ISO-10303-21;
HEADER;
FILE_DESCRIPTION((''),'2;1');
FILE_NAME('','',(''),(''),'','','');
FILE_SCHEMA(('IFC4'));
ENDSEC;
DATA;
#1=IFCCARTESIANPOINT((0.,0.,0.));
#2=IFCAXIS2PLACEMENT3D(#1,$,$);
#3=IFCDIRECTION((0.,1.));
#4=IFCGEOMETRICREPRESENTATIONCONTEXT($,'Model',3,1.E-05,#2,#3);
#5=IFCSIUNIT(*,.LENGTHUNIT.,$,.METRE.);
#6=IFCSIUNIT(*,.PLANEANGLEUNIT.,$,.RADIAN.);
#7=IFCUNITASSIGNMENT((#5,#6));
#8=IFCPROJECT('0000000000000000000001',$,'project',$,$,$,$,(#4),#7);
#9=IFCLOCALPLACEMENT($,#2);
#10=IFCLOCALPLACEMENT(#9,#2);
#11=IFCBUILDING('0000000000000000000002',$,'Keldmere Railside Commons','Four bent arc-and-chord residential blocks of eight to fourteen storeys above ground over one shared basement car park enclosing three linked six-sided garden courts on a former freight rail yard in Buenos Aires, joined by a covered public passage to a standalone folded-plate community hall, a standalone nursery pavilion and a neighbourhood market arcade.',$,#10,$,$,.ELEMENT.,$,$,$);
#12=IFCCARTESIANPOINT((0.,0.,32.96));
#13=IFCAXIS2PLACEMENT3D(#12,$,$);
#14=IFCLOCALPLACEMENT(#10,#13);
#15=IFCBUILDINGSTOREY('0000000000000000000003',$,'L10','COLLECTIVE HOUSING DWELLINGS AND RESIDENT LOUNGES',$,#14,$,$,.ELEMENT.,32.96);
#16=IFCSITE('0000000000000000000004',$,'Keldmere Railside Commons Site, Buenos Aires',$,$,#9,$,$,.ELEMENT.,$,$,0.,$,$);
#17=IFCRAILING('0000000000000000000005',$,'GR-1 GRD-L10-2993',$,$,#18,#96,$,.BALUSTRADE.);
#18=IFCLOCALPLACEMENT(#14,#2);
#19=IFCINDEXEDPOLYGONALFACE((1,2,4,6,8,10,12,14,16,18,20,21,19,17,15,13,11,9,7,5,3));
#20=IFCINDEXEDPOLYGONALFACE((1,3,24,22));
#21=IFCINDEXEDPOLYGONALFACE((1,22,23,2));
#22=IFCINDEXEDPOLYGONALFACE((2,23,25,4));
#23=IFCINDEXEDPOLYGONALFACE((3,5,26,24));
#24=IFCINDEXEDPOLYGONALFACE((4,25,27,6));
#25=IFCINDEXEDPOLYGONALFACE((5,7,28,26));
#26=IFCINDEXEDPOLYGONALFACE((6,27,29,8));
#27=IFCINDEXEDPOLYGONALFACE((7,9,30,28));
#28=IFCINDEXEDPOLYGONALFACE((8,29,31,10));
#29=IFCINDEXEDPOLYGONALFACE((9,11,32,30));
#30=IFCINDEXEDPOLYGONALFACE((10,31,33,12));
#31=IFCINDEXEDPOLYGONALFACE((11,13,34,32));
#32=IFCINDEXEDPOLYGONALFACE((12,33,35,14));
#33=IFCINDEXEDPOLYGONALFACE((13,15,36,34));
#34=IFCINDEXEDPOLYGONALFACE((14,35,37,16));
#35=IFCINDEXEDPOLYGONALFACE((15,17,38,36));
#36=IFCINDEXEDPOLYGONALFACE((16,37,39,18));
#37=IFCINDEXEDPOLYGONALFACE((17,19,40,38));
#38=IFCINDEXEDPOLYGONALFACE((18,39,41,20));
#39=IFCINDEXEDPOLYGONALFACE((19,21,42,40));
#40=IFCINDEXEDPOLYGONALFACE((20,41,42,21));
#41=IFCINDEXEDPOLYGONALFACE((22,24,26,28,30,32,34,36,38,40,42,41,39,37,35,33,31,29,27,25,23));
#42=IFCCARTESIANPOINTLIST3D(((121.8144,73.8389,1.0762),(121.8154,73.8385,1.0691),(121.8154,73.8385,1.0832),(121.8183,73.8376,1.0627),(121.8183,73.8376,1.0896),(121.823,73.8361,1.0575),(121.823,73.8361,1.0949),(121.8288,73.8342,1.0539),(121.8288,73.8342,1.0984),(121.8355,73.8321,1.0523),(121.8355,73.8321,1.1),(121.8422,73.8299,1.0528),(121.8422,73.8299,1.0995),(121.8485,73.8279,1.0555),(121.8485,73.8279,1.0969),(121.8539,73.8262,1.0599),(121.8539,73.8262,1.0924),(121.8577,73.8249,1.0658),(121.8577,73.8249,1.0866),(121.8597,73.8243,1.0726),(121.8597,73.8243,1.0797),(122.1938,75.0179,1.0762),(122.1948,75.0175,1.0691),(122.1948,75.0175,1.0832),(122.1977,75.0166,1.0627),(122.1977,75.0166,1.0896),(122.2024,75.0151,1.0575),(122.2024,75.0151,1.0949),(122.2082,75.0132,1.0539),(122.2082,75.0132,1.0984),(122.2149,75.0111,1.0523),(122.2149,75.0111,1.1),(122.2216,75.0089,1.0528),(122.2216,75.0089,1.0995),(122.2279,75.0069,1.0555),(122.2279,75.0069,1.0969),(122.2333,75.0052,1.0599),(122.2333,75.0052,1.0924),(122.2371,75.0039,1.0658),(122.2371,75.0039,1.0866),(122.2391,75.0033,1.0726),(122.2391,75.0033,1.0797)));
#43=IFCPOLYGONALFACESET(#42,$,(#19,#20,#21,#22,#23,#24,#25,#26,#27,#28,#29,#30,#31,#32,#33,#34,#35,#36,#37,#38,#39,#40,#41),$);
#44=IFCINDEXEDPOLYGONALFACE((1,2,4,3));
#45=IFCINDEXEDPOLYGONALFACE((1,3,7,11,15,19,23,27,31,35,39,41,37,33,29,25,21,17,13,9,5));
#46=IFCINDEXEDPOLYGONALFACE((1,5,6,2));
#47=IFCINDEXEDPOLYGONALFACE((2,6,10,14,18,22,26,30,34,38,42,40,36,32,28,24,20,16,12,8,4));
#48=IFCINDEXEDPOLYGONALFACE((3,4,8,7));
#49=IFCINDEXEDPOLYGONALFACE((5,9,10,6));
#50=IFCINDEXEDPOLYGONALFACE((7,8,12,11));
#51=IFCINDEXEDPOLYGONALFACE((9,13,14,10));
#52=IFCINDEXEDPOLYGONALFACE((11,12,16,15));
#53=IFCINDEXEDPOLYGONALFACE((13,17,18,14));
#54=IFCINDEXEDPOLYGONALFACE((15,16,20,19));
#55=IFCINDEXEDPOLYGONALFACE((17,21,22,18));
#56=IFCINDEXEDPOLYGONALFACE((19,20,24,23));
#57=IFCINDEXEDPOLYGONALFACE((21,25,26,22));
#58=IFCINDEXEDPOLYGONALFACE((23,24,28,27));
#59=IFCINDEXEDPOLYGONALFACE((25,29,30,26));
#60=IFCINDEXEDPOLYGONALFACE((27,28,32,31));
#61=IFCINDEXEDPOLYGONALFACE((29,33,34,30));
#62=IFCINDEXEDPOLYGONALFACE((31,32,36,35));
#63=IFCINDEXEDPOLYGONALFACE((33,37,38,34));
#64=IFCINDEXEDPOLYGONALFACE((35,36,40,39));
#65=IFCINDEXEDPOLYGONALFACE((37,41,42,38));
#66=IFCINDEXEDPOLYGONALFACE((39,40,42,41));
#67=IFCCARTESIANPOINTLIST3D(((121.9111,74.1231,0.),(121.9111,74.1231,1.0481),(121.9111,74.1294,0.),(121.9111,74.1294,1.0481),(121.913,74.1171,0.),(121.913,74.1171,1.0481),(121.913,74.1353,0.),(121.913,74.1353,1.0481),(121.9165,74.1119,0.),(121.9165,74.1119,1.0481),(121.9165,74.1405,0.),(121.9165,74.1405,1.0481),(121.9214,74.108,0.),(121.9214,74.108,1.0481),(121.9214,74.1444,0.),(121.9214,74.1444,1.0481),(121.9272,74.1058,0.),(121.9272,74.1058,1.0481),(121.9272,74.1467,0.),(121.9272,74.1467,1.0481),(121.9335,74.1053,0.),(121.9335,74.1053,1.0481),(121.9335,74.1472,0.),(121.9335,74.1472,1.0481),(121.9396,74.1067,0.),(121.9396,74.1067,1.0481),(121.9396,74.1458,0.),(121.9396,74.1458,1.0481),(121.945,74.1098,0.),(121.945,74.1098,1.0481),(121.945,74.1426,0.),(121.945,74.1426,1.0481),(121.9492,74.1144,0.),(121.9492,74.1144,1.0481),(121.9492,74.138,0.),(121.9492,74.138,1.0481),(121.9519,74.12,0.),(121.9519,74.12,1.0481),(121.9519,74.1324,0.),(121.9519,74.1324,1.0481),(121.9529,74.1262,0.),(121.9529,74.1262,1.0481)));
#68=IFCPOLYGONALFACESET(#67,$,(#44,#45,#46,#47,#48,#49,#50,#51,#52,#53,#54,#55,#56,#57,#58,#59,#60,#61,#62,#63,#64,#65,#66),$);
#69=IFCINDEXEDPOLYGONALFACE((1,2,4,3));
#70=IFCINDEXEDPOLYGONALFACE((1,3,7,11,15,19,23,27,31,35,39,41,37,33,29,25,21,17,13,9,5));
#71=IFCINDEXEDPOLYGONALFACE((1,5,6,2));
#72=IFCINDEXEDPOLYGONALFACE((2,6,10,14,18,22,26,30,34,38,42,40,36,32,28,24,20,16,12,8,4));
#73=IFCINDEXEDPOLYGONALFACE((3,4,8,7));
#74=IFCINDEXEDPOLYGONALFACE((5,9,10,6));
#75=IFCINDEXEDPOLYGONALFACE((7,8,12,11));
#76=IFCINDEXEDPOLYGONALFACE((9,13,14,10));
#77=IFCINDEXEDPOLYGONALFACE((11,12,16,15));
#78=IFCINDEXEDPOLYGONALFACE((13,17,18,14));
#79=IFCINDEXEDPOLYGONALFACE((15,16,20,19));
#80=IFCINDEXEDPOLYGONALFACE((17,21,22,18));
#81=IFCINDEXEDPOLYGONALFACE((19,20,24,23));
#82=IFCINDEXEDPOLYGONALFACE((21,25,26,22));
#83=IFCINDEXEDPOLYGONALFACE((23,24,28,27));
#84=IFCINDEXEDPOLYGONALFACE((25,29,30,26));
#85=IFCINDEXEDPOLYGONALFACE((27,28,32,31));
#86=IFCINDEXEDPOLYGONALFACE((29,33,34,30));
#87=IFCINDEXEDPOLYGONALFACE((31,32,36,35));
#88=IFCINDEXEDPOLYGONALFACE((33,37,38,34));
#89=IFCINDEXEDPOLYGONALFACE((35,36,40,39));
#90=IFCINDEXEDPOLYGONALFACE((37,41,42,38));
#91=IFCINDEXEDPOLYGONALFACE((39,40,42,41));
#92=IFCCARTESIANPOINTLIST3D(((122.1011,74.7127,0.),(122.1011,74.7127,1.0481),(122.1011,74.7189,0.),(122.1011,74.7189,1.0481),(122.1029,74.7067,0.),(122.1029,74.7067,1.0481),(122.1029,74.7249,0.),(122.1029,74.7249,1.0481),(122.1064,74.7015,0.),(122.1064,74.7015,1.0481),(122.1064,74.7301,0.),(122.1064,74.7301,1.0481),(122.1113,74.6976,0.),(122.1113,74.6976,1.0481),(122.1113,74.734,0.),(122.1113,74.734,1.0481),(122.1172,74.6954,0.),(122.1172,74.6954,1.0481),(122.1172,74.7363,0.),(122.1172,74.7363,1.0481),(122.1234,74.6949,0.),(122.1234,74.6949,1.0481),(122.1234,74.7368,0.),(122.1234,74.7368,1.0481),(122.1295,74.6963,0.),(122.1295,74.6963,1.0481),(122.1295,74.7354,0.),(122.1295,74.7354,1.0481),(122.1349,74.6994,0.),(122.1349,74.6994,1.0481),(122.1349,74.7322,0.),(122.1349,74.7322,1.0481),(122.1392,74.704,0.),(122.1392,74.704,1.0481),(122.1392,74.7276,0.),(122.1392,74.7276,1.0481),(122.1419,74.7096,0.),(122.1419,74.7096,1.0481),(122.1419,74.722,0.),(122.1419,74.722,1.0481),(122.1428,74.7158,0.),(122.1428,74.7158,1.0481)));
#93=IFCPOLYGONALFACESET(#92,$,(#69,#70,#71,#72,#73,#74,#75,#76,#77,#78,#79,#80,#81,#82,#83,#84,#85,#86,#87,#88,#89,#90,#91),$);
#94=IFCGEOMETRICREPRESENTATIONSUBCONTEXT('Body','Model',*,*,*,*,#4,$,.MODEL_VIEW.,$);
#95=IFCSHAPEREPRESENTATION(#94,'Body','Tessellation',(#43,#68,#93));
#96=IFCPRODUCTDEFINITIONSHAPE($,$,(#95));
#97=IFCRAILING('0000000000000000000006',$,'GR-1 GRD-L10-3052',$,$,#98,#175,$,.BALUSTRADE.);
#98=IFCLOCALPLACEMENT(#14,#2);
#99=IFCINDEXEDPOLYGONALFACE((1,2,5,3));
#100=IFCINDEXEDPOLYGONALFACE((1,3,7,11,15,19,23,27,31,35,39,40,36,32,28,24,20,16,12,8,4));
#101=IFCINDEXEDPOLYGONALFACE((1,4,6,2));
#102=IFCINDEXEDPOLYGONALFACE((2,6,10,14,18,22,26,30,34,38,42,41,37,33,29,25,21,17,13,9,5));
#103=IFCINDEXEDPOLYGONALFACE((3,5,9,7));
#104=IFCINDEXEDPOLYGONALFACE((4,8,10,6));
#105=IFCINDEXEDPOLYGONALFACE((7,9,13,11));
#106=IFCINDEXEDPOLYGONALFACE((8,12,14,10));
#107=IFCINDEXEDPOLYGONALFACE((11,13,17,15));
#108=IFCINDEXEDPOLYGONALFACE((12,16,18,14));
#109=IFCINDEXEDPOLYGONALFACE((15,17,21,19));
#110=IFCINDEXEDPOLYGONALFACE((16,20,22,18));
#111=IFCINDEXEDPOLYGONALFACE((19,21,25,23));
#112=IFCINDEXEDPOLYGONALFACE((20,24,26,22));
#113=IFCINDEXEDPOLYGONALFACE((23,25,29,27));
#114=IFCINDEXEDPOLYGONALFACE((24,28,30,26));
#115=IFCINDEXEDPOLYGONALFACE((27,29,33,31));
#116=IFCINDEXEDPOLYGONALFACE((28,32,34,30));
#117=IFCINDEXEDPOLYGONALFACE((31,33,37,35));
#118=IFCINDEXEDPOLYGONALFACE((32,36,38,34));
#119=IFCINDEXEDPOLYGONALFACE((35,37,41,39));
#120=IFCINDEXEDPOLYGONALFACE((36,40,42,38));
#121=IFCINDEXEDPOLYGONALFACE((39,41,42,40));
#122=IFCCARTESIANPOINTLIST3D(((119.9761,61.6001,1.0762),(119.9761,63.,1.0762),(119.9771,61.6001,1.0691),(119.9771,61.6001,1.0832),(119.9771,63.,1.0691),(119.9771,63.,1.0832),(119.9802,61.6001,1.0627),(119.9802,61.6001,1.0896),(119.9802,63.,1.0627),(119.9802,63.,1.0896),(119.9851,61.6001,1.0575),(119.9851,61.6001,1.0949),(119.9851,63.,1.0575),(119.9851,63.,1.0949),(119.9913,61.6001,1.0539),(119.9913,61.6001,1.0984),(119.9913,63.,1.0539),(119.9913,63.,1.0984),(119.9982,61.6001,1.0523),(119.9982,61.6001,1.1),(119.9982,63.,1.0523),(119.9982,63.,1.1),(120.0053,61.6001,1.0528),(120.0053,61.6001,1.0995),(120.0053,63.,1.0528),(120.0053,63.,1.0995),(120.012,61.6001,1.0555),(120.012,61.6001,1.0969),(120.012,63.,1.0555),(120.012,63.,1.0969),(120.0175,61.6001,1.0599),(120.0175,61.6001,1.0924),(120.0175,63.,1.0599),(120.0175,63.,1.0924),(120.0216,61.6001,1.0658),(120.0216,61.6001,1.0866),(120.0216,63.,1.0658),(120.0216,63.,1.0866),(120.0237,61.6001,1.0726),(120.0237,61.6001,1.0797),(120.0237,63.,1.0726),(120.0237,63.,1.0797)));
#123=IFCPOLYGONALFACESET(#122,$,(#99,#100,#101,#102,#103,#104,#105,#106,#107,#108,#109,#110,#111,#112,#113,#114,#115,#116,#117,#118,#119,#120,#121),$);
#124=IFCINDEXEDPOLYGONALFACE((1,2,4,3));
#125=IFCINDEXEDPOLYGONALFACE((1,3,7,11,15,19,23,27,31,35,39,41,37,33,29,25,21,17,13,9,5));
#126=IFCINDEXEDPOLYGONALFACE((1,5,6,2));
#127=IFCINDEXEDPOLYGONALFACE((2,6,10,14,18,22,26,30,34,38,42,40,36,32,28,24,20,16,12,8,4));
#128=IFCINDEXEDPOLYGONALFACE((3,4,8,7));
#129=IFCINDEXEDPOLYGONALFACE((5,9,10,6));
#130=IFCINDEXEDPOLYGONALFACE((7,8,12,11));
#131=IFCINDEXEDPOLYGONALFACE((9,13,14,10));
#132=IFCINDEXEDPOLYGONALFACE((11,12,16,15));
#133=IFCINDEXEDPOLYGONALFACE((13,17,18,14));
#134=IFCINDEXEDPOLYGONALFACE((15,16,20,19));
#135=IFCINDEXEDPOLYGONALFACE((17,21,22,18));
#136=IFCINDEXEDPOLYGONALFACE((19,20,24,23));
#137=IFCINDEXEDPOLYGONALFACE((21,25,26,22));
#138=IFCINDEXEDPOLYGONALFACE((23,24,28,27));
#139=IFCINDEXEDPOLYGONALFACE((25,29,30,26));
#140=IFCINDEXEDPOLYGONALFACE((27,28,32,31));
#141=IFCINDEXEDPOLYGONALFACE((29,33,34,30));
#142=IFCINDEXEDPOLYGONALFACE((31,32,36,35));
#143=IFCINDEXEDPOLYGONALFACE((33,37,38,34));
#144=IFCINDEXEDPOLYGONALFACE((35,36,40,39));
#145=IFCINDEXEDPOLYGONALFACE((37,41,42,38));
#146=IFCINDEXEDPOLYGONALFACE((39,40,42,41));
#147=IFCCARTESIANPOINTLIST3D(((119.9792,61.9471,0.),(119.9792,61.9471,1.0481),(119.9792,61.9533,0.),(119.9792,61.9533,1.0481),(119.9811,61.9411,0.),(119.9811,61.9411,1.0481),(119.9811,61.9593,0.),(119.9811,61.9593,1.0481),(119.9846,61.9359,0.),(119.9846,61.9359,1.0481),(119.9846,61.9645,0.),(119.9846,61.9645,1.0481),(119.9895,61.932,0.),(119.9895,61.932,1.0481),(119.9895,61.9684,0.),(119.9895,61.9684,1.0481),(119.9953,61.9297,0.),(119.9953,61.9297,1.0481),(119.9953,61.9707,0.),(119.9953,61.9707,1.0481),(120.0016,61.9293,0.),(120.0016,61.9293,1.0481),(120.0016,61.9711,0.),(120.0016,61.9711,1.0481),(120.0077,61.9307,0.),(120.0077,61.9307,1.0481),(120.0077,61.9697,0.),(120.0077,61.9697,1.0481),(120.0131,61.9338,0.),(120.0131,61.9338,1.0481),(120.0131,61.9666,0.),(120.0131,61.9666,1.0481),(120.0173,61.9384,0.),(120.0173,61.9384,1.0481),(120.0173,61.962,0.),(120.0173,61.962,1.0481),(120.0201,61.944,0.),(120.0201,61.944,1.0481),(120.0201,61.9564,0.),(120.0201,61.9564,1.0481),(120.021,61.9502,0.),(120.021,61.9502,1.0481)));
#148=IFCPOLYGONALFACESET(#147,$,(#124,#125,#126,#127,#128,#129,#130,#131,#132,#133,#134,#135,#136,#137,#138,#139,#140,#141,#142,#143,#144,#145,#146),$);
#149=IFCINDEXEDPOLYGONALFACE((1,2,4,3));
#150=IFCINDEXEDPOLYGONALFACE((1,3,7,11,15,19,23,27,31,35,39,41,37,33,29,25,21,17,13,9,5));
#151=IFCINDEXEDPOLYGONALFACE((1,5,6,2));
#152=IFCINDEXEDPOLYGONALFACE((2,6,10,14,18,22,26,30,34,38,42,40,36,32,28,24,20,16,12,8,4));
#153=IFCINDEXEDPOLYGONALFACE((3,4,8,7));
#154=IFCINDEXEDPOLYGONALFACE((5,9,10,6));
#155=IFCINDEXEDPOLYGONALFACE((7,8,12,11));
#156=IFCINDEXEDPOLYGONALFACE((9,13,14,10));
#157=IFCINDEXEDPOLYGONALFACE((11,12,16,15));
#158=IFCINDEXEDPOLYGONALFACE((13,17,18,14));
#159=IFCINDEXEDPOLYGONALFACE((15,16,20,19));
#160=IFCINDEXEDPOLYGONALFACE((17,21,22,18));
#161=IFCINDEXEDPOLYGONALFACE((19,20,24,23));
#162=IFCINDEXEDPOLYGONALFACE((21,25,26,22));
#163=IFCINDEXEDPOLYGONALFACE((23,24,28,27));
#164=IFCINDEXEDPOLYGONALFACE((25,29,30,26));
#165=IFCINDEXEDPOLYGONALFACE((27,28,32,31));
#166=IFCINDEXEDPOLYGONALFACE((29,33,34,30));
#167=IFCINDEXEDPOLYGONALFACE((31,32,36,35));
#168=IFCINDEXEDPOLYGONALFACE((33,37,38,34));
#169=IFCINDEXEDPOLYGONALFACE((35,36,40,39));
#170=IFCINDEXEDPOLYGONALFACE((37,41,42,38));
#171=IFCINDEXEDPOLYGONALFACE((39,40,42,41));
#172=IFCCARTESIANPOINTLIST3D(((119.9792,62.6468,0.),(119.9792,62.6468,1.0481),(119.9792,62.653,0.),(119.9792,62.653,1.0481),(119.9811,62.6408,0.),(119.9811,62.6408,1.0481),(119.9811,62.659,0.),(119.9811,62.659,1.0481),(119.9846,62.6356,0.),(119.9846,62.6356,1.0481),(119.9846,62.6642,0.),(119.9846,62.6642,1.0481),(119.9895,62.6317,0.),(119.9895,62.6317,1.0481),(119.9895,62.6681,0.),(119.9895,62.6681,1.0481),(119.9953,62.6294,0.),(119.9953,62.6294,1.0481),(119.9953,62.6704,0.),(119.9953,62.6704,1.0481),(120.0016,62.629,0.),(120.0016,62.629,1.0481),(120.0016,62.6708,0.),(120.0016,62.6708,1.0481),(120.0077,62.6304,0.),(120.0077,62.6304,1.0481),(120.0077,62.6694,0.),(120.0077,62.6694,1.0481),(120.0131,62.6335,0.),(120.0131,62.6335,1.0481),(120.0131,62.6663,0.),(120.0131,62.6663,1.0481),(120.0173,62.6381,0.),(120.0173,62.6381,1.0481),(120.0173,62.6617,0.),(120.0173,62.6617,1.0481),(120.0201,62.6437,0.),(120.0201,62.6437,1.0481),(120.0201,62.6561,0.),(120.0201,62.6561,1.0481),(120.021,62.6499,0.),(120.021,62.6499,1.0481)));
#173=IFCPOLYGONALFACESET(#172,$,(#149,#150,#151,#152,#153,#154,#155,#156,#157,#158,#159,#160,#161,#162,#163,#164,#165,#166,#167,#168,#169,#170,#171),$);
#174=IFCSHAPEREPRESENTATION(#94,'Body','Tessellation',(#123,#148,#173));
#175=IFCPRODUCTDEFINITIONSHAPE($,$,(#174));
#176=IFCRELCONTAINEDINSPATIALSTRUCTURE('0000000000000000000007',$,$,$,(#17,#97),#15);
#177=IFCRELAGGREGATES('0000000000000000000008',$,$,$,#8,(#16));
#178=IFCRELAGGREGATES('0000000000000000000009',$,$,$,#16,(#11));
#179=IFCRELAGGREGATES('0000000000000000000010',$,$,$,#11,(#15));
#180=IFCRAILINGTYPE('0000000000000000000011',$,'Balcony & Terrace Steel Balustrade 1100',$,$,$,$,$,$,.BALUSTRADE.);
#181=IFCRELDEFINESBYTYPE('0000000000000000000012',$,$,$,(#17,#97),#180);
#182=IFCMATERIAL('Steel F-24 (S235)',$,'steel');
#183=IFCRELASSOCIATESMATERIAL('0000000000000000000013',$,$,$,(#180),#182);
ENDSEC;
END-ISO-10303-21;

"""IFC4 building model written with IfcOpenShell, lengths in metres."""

from ifc_helpers import new_model, si_unit, direction, frame, origin, origin_2d, place, context, subcontext, project, spatial, circle, extrude, material, type_object, element, save


model = new_model("IFC4")

# Units and contexts
model_context = context("Model", 3, precision=1e-05, world=origin(), true_north=direction((0.0, 1.0)))
body_context = subcontext(model_context, "Body", "Model", "MODEL_VIEW")
ifc_project = project(units=[si_unit("LENGTHUNIT", "METRE"), si_unit("PLANEANGLEUNIT", "RADIAN")], contexts=[model_context])

# Site, building, storey
site_placement = place(None, origin())
site = spatial("IfcSite", under=ifc_project, at=site_placement, Name="Keldmere Railside Commons Site, Buenos Aires", CompositionType="ELEMENT", RefElevation=0.0)
building_placement = place(site_placement, origin())
building = spatial("IfcBuilding", under=site, at=building_placement, Name="Keldmere Railside Commons", Description="Four bent arc-and-chord residential blocks of eight to fourteen storeys above ground over one shared basement car park enclosing three linked six-sided garden courts on a former freight rail yard in Buenos Aires, joined by a covered public passage to a standalone folded-plate community hall, a standalone nursery pavilion and a neighbourhood market arcade.", CompositionType="ELEMENT")
storey_placement = place(building_placement, frame((0.0, 0.0, 32.96)))
storey = spatial("IfcBuildingStorey", under=building, at=storey_placement, Name="L10", Description="COLLECTIVE HOUSING DWELLINGS AND RESIDENT LOUNGES", CompositionType="ELEMENT", Elevation=32.96)

# Railings
ifc_material_1 = material(Name="Steel F-24 (S235)", Category="steel")
railing_type = type_object("IfcRailingType", Name="Balcony & Terrace Steel Balustrade 1100", PredefinedType="BALUSTRADE", material=ifc_material_1)
railing_1_placement = place(storey_placement, frame((121.8372, 73.8315, 0.0)))
element("IfcRailing", 1, at=railing_1_placement, inside=storey, type_object=railing_type, Name="GR-1 GRD-L10-2993", PredefinedType="BALUSTRADE", context=body_context, shape_type="SweptSolid", body=[
    extrude(circle(Radius=0.0239, at=origin_2d()), frame((0.0, 0.0, 1.0762), z_axis=(0.306335, 0.951924, 0.0), x_axis=(-0.951924, 0.306335, 0.0)), (0.0, 0.0, 1.0), 1.2385),
    extrude(circle(Radius=0.021, at=origin_2d()), frame((0.0947, 0.2947, 0.0)), (0.0, 0.0, 1.0), 1.0481),
    extrude(circle(Radius=0.021, at=origin_2d()), frame((0.2847, 0.8843, 0.0)), (0.0, 0.0, 1.0), 1.0481),
])
railing_2_placement = place(storey_placement, frame((120.0, 61.6001, 0.0)))
element("IfcRailing", 2, at=railing_2_placement, inside=storey, type_object=railing_type, Name="GR-1 GRD-L10-3052", PredefinedType="BALUSTRADE", context=body_context, shape_type="SweptSolid", body=[
    extrude(circle(Radius=0.0239, at=origin_2d()), frame((0.0, 0.0, 1.0762), z_axis=(0.0, 1.0, 0.0), x_axis=(-1.0, 0.0, 0.0)), (0.0, 0.0, 1.0), 1.3999),
    extrude(circle(Radius=0.021, at=origin_2d()), frame((0.0, 0.3501, 0.0)), (0.0, 0.0, 1.0), 1.0481),
    extrude(circle(Radius=0.021, at=origin_2d()), frame((0.0, 1.0498, 0.0)), (0.0, 0.0, 1.0), 1.0481),
])

save(model, "model.ifc")
